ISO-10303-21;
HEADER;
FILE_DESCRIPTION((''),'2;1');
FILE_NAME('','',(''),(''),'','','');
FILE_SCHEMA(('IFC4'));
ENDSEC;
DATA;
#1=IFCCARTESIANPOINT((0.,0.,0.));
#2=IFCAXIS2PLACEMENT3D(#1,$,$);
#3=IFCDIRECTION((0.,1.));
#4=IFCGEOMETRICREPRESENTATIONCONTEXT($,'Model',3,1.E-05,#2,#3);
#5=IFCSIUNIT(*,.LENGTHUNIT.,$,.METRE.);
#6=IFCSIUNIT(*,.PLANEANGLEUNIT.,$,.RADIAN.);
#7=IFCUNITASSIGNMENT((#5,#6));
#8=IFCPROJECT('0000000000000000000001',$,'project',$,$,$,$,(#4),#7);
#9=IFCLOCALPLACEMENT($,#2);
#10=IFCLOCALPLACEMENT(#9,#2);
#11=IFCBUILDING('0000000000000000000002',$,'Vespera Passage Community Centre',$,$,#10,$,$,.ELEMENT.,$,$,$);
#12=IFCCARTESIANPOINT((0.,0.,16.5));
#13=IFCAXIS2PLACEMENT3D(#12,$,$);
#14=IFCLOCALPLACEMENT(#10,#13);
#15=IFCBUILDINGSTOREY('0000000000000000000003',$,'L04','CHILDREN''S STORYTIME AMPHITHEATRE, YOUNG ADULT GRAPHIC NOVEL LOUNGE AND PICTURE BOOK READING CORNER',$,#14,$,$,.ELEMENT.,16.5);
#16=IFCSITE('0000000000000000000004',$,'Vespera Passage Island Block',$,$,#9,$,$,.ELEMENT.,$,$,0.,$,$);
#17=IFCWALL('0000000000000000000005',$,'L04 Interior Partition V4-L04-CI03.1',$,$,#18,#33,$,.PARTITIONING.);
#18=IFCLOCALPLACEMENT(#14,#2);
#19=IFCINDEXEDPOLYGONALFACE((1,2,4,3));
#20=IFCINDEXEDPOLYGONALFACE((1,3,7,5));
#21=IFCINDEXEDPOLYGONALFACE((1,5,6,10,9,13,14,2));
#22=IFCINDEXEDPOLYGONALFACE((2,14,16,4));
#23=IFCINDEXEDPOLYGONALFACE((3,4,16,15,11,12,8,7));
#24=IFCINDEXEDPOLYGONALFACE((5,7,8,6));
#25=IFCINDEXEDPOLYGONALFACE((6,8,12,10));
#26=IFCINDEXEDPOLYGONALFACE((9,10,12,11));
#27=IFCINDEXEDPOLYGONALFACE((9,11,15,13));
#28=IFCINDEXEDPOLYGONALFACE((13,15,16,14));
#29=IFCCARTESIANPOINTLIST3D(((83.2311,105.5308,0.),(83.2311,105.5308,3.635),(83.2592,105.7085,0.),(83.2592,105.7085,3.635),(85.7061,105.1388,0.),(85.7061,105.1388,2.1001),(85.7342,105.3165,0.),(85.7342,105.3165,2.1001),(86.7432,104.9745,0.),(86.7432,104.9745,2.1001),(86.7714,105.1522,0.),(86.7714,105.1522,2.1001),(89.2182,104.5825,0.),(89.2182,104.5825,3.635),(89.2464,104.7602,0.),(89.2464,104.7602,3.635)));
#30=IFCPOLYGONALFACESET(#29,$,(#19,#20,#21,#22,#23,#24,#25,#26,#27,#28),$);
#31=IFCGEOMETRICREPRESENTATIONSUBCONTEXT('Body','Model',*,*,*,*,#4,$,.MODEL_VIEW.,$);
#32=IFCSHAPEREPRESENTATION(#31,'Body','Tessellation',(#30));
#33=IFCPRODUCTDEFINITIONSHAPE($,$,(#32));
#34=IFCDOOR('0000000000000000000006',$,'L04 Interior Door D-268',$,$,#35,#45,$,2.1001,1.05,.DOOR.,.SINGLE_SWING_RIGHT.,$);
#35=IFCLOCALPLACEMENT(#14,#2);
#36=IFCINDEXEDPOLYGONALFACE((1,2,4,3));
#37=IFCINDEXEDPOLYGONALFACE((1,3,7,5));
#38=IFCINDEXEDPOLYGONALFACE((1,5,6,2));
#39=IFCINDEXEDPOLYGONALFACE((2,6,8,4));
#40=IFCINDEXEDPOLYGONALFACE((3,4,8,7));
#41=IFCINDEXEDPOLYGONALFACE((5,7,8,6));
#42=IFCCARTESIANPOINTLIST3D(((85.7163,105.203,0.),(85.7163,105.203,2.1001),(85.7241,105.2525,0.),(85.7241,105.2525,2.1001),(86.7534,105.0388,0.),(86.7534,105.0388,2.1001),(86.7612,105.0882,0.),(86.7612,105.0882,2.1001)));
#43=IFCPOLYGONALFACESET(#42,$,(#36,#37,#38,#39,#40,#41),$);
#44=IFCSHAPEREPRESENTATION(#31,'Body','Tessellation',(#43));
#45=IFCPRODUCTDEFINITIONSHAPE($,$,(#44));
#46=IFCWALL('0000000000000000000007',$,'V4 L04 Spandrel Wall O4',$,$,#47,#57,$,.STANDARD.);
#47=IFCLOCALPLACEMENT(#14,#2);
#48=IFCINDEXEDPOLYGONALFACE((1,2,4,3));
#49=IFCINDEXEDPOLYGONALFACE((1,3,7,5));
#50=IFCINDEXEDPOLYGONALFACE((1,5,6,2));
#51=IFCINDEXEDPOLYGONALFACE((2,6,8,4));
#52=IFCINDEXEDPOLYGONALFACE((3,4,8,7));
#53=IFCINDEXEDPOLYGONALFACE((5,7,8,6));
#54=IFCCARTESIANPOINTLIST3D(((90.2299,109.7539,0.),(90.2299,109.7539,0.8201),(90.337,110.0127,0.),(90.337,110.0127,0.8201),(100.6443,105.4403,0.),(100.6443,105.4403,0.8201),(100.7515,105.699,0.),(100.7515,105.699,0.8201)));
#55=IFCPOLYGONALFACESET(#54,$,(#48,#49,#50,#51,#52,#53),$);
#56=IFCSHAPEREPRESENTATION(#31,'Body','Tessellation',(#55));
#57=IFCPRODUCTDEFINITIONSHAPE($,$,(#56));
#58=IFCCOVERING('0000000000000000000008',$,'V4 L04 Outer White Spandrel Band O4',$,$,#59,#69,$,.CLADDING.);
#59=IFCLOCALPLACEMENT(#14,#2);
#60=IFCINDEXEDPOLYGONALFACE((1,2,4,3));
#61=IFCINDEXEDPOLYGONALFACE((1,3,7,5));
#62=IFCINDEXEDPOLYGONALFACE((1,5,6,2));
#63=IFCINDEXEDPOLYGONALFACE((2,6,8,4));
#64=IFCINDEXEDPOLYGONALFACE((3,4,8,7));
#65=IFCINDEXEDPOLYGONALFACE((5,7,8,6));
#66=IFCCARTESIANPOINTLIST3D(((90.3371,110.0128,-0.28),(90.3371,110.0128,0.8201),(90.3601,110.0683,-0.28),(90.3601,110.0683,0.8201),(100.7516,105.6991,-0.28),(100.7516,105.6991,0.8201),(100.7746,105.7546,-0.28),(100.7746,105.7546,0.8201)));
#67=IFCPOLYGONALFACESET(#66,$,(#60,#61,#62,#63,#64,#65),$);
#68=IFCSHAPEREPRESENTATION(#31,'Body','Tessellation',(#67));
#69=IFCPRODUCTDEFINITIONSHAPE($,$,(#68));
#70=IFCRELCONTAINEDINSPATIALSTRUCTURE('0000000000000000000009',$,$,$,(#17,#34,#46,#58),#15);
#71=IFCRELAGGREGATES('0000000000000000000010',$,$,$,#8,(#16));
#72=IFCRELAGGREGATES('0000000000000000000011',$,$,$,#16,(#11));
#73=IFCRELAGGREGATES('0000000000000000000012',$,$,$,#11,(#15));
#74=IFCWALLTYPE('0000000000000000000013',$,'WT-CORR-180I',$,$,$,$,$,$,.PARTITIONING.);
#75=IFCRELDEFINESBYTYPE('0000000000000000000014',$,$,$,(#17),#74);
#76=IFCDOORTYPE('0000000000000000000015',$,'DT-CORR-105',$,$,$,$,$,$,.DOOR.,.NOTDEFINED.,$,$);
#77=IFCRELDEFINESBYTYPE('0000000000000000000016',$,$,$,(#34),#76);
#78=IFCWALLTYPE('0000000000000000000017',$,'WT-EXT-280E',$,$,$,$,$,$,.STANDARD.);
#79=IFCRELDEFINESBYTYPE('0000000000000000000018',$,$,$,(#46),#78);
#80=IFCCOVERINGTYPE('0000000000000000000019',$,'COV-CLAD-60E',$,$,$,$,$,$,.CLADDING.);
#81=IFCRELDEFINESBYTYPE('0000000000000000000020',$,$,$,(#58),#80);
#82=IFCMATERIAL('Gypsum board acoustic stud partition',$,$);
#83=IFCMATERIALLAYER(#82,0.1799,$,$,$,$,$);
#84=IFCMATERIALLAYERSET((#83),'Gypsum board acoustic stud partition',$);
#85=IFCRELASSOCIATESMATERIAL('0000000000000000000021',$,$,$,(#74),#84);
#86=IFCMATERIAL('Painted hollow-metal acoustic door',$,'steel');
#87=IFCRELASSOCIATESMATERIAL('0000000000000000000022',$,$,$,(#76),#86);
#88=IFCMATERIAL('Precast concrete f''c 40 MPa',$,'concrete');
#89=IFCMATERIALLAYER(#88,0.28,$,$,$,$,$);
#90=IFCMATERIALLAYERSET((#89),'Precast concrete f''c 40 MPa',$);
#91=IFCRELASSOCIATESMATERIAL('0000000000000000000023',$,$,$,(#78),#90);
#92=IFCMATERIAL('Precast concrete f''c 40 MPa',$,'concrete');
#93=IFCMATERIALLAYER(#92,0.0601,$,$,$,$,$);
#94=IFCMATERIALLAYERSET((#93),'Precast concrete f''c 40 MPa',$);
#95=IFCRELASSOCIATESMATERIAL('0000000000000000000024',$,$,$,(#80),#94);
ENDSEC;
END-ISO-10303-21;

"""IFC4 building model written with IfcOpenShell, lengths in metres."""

from ifc_helpers import new_model, si_unit, direction, frame, frame_2d, origin, place, context, subcontext, project, spatial, rectangle, extrude, material, layer, layer_set, type_object, element, fill, save


model = new_model("IFC4")

# Units and contexts
model_context = context("Model", 3, precision=1e-05, world=origin(), true_north=direction((0.0, 1.0)))
body_context = subcontext(model_context, "Body", "Model", "MODEL_VIEW")
ifc_project = project(units=[si_unit("LENGTHUNIT", "METRE"), si_unit("PLANEANGLEUNIT", "RADIAN")], contexts=[model_context])

# Site, building, storey
site_placement = place(None, origin())
site = spatial("IfcSite", under=ifc_project, at=site_placement, Name="Vespera Passage Island Block", CompositionType="ELEMENT", RefElevation=0.0)
building_placement = place(site_placement, origin())
building = spatial("IfcBuilding", under=site, at=building_placement, Name="Vespera Passage Community Centre", CompositionType="ELEMENT")
storey_placement = place(building_placement, frame((0.0, 0.0, 16.5)))
storey = spatial("IfcBuildingStorey", under=building, at=storey_placement, Name="L04", Description="CHILDREN'S STORYTIME AMPHITHEATRE, YOUNG ADULT GRAPHIC NOVEL LOUNGE AND PICTURE BOOK READING CORNER", CompositionType="ELEMENT", Elevation=16.5)

# Wall, opening, door
ifc_material_1 = material(Name="Gypsum board acoustic stud partition")
ifc_layer_1 = layer(ifc_material_1, 0.1799)
ifc_layer_set_1 = layer_set([ifc_layer_1], Name="Gypsum board acoustic stud partition")
wall_type_1 = type_object("IfcWallType", Name="WT-CORR-180I", PredefinedType="PARTITIONING", material=ifc_layer_set_1)
wall_1_placement = place(storey_placement, frame((89.2322, 104.6714, 0.0), z_axis=(0.0, 0.0, 1.0), x_axis=(-0.987689, 0.156432, 0.0)))
wall_1 = element("IfcWall", 1, at=wall_1_placement, inside=storey, type_object=wall_type_1, Name="L04 Interior Partition V4-L04-CI03.1", PredefinedType="PARTITIONING", context=body_context, shape_type="SweptSolid", body=[
    extrude(rectangle(XDim=6.0618, YDim=0.1799, at=frame_2d((3.0308, 0.0))), origin(), (0.0, 0.0, 1.0), 3.635),
])
opening_1_placement = place(wall_1_placement, frame((2.5059, 0.0, 0.0)))
opening_1 = element("IfcOpeningElement", 2, at=opening_1_placement, cuts=wall_1, PredefinedType="OPENING", context=body_context, shape_type="SweptSolid", body=[
    extrude(rectangle(XDim=1.05, YDim=2.1001, at=frame_2d((0.5249, 1.05))), frame((0.0, 0.0999, 0.0), z_axis=(0.0, -1.0, 0.0), x_axis=(1.0, 0.0, 0.0)), (0.0, 0.0, 1.0), 0.2),
])
ifc_material_2 = material(Name="Painted hollow-metal acoustic door", Category="steel")
door_type_1 = type_object("IfcDoorType", Name="DT-CORR-105", OperationType="NOTDEFINED", PredefinedType="DOOR", material=ifc_material_2)
door_1_placement = place(opening_1_placement, origin())
door_1 = element("IfcDoor", 3, at=door_1_placement, inside=storey, type_object=door_type_1, Name="L04 Interior Door D-268", OperationType="SINGLE_SWING_RIGHT", OverallHeight=2.1001, OverallWidth=1.05, PredefinedType="DOOR", context=body_context, shape_type="SweptSolid", body=[
    extrude(rectangle(XDim=1.05, YDim=2.1001, at=frame_2d((0.5249, 1.05))), frame((0.0, 0.0249, 0.0), z_axis=(0.0, -1.0, 0.0), x_axis=(1.0, 0.0, 0.0)), (0.0, 0.0, 1.0), 0.05),
])
fill(opening_1, door_1)

# Wall
ifc_material_3 = material(Name="Precast concrete f'c 40 MPa", Category="concrete")
ifc_layer_2 = layer(ifc_material_3, 0.28)
ifc_layer_set_2 = layer_set([ifc_layer_2], Name="Precast concrete f'c 40 MPa")
wall_type_2 = type_object("IfcWallType", Name="WT-EXT-280E", PredefinedType="STANDARD", material=ifc_layer_set_2)
wall_2_placement = place(storey_placement, frame((90.2834, 109.8833, 0.0), z_axis=(0.0, 0.0, 1.0), x_axis=(0.923884, -0.382674, 0.0)))
element("IfcWall", 4, at=wall_2_placement, inside=storey, type_object=wall_type_2, Name="V4 L04 Spandrel Wall O4", PredefinedType="STANDARD", context=body_context, shape_type="SweptSolid", body=[
    extrude(rectangle(XDim=11.2725, YDim=0.28, at=frame_2d((5.6362, 0.0))), origin(), (0.0, 0.0, 1.0), 0.8201),
])

# Covering
ifc_material_4 = material(Name="Precast concrete f'c 40 MPa", Category="concrete")
ifc_layer_3 = layer(ifc_material_4, 0.0601)
ifc_layer_set_3 = layer_set([ifc_layer_3], Name="Precast concrete f'c 40 MPa")
covering_type = type_object("IfcCoveringType", Name="COV-CLAD-60E", PredefinedType="CLADDING", material=ifc_layer_set_3)
covering_placement = place(storey_placement, frame((90.3486, 110.0405, -0.28), z_axis=(0.0, 0.0, 1.0), x_axis=(0.923884, -0.382674, 0.0)))
element("IfcCovering", 5, at=covering_placement, inside=storey, type_object=covering_type, Name="V4 L04 Outer White Spandrel Band O4", PredefinedType="CLADDING", context=body_context, shape_type="SweptSolid", body=[
    extrude(rectangle(XDim=11.2725, YDim=0.0601, at=frame_2d((5.6362, 0.0))), origin(), (0.0, 0.0, 1.0), 1.1001),
])

save(model, "model.ifc")
